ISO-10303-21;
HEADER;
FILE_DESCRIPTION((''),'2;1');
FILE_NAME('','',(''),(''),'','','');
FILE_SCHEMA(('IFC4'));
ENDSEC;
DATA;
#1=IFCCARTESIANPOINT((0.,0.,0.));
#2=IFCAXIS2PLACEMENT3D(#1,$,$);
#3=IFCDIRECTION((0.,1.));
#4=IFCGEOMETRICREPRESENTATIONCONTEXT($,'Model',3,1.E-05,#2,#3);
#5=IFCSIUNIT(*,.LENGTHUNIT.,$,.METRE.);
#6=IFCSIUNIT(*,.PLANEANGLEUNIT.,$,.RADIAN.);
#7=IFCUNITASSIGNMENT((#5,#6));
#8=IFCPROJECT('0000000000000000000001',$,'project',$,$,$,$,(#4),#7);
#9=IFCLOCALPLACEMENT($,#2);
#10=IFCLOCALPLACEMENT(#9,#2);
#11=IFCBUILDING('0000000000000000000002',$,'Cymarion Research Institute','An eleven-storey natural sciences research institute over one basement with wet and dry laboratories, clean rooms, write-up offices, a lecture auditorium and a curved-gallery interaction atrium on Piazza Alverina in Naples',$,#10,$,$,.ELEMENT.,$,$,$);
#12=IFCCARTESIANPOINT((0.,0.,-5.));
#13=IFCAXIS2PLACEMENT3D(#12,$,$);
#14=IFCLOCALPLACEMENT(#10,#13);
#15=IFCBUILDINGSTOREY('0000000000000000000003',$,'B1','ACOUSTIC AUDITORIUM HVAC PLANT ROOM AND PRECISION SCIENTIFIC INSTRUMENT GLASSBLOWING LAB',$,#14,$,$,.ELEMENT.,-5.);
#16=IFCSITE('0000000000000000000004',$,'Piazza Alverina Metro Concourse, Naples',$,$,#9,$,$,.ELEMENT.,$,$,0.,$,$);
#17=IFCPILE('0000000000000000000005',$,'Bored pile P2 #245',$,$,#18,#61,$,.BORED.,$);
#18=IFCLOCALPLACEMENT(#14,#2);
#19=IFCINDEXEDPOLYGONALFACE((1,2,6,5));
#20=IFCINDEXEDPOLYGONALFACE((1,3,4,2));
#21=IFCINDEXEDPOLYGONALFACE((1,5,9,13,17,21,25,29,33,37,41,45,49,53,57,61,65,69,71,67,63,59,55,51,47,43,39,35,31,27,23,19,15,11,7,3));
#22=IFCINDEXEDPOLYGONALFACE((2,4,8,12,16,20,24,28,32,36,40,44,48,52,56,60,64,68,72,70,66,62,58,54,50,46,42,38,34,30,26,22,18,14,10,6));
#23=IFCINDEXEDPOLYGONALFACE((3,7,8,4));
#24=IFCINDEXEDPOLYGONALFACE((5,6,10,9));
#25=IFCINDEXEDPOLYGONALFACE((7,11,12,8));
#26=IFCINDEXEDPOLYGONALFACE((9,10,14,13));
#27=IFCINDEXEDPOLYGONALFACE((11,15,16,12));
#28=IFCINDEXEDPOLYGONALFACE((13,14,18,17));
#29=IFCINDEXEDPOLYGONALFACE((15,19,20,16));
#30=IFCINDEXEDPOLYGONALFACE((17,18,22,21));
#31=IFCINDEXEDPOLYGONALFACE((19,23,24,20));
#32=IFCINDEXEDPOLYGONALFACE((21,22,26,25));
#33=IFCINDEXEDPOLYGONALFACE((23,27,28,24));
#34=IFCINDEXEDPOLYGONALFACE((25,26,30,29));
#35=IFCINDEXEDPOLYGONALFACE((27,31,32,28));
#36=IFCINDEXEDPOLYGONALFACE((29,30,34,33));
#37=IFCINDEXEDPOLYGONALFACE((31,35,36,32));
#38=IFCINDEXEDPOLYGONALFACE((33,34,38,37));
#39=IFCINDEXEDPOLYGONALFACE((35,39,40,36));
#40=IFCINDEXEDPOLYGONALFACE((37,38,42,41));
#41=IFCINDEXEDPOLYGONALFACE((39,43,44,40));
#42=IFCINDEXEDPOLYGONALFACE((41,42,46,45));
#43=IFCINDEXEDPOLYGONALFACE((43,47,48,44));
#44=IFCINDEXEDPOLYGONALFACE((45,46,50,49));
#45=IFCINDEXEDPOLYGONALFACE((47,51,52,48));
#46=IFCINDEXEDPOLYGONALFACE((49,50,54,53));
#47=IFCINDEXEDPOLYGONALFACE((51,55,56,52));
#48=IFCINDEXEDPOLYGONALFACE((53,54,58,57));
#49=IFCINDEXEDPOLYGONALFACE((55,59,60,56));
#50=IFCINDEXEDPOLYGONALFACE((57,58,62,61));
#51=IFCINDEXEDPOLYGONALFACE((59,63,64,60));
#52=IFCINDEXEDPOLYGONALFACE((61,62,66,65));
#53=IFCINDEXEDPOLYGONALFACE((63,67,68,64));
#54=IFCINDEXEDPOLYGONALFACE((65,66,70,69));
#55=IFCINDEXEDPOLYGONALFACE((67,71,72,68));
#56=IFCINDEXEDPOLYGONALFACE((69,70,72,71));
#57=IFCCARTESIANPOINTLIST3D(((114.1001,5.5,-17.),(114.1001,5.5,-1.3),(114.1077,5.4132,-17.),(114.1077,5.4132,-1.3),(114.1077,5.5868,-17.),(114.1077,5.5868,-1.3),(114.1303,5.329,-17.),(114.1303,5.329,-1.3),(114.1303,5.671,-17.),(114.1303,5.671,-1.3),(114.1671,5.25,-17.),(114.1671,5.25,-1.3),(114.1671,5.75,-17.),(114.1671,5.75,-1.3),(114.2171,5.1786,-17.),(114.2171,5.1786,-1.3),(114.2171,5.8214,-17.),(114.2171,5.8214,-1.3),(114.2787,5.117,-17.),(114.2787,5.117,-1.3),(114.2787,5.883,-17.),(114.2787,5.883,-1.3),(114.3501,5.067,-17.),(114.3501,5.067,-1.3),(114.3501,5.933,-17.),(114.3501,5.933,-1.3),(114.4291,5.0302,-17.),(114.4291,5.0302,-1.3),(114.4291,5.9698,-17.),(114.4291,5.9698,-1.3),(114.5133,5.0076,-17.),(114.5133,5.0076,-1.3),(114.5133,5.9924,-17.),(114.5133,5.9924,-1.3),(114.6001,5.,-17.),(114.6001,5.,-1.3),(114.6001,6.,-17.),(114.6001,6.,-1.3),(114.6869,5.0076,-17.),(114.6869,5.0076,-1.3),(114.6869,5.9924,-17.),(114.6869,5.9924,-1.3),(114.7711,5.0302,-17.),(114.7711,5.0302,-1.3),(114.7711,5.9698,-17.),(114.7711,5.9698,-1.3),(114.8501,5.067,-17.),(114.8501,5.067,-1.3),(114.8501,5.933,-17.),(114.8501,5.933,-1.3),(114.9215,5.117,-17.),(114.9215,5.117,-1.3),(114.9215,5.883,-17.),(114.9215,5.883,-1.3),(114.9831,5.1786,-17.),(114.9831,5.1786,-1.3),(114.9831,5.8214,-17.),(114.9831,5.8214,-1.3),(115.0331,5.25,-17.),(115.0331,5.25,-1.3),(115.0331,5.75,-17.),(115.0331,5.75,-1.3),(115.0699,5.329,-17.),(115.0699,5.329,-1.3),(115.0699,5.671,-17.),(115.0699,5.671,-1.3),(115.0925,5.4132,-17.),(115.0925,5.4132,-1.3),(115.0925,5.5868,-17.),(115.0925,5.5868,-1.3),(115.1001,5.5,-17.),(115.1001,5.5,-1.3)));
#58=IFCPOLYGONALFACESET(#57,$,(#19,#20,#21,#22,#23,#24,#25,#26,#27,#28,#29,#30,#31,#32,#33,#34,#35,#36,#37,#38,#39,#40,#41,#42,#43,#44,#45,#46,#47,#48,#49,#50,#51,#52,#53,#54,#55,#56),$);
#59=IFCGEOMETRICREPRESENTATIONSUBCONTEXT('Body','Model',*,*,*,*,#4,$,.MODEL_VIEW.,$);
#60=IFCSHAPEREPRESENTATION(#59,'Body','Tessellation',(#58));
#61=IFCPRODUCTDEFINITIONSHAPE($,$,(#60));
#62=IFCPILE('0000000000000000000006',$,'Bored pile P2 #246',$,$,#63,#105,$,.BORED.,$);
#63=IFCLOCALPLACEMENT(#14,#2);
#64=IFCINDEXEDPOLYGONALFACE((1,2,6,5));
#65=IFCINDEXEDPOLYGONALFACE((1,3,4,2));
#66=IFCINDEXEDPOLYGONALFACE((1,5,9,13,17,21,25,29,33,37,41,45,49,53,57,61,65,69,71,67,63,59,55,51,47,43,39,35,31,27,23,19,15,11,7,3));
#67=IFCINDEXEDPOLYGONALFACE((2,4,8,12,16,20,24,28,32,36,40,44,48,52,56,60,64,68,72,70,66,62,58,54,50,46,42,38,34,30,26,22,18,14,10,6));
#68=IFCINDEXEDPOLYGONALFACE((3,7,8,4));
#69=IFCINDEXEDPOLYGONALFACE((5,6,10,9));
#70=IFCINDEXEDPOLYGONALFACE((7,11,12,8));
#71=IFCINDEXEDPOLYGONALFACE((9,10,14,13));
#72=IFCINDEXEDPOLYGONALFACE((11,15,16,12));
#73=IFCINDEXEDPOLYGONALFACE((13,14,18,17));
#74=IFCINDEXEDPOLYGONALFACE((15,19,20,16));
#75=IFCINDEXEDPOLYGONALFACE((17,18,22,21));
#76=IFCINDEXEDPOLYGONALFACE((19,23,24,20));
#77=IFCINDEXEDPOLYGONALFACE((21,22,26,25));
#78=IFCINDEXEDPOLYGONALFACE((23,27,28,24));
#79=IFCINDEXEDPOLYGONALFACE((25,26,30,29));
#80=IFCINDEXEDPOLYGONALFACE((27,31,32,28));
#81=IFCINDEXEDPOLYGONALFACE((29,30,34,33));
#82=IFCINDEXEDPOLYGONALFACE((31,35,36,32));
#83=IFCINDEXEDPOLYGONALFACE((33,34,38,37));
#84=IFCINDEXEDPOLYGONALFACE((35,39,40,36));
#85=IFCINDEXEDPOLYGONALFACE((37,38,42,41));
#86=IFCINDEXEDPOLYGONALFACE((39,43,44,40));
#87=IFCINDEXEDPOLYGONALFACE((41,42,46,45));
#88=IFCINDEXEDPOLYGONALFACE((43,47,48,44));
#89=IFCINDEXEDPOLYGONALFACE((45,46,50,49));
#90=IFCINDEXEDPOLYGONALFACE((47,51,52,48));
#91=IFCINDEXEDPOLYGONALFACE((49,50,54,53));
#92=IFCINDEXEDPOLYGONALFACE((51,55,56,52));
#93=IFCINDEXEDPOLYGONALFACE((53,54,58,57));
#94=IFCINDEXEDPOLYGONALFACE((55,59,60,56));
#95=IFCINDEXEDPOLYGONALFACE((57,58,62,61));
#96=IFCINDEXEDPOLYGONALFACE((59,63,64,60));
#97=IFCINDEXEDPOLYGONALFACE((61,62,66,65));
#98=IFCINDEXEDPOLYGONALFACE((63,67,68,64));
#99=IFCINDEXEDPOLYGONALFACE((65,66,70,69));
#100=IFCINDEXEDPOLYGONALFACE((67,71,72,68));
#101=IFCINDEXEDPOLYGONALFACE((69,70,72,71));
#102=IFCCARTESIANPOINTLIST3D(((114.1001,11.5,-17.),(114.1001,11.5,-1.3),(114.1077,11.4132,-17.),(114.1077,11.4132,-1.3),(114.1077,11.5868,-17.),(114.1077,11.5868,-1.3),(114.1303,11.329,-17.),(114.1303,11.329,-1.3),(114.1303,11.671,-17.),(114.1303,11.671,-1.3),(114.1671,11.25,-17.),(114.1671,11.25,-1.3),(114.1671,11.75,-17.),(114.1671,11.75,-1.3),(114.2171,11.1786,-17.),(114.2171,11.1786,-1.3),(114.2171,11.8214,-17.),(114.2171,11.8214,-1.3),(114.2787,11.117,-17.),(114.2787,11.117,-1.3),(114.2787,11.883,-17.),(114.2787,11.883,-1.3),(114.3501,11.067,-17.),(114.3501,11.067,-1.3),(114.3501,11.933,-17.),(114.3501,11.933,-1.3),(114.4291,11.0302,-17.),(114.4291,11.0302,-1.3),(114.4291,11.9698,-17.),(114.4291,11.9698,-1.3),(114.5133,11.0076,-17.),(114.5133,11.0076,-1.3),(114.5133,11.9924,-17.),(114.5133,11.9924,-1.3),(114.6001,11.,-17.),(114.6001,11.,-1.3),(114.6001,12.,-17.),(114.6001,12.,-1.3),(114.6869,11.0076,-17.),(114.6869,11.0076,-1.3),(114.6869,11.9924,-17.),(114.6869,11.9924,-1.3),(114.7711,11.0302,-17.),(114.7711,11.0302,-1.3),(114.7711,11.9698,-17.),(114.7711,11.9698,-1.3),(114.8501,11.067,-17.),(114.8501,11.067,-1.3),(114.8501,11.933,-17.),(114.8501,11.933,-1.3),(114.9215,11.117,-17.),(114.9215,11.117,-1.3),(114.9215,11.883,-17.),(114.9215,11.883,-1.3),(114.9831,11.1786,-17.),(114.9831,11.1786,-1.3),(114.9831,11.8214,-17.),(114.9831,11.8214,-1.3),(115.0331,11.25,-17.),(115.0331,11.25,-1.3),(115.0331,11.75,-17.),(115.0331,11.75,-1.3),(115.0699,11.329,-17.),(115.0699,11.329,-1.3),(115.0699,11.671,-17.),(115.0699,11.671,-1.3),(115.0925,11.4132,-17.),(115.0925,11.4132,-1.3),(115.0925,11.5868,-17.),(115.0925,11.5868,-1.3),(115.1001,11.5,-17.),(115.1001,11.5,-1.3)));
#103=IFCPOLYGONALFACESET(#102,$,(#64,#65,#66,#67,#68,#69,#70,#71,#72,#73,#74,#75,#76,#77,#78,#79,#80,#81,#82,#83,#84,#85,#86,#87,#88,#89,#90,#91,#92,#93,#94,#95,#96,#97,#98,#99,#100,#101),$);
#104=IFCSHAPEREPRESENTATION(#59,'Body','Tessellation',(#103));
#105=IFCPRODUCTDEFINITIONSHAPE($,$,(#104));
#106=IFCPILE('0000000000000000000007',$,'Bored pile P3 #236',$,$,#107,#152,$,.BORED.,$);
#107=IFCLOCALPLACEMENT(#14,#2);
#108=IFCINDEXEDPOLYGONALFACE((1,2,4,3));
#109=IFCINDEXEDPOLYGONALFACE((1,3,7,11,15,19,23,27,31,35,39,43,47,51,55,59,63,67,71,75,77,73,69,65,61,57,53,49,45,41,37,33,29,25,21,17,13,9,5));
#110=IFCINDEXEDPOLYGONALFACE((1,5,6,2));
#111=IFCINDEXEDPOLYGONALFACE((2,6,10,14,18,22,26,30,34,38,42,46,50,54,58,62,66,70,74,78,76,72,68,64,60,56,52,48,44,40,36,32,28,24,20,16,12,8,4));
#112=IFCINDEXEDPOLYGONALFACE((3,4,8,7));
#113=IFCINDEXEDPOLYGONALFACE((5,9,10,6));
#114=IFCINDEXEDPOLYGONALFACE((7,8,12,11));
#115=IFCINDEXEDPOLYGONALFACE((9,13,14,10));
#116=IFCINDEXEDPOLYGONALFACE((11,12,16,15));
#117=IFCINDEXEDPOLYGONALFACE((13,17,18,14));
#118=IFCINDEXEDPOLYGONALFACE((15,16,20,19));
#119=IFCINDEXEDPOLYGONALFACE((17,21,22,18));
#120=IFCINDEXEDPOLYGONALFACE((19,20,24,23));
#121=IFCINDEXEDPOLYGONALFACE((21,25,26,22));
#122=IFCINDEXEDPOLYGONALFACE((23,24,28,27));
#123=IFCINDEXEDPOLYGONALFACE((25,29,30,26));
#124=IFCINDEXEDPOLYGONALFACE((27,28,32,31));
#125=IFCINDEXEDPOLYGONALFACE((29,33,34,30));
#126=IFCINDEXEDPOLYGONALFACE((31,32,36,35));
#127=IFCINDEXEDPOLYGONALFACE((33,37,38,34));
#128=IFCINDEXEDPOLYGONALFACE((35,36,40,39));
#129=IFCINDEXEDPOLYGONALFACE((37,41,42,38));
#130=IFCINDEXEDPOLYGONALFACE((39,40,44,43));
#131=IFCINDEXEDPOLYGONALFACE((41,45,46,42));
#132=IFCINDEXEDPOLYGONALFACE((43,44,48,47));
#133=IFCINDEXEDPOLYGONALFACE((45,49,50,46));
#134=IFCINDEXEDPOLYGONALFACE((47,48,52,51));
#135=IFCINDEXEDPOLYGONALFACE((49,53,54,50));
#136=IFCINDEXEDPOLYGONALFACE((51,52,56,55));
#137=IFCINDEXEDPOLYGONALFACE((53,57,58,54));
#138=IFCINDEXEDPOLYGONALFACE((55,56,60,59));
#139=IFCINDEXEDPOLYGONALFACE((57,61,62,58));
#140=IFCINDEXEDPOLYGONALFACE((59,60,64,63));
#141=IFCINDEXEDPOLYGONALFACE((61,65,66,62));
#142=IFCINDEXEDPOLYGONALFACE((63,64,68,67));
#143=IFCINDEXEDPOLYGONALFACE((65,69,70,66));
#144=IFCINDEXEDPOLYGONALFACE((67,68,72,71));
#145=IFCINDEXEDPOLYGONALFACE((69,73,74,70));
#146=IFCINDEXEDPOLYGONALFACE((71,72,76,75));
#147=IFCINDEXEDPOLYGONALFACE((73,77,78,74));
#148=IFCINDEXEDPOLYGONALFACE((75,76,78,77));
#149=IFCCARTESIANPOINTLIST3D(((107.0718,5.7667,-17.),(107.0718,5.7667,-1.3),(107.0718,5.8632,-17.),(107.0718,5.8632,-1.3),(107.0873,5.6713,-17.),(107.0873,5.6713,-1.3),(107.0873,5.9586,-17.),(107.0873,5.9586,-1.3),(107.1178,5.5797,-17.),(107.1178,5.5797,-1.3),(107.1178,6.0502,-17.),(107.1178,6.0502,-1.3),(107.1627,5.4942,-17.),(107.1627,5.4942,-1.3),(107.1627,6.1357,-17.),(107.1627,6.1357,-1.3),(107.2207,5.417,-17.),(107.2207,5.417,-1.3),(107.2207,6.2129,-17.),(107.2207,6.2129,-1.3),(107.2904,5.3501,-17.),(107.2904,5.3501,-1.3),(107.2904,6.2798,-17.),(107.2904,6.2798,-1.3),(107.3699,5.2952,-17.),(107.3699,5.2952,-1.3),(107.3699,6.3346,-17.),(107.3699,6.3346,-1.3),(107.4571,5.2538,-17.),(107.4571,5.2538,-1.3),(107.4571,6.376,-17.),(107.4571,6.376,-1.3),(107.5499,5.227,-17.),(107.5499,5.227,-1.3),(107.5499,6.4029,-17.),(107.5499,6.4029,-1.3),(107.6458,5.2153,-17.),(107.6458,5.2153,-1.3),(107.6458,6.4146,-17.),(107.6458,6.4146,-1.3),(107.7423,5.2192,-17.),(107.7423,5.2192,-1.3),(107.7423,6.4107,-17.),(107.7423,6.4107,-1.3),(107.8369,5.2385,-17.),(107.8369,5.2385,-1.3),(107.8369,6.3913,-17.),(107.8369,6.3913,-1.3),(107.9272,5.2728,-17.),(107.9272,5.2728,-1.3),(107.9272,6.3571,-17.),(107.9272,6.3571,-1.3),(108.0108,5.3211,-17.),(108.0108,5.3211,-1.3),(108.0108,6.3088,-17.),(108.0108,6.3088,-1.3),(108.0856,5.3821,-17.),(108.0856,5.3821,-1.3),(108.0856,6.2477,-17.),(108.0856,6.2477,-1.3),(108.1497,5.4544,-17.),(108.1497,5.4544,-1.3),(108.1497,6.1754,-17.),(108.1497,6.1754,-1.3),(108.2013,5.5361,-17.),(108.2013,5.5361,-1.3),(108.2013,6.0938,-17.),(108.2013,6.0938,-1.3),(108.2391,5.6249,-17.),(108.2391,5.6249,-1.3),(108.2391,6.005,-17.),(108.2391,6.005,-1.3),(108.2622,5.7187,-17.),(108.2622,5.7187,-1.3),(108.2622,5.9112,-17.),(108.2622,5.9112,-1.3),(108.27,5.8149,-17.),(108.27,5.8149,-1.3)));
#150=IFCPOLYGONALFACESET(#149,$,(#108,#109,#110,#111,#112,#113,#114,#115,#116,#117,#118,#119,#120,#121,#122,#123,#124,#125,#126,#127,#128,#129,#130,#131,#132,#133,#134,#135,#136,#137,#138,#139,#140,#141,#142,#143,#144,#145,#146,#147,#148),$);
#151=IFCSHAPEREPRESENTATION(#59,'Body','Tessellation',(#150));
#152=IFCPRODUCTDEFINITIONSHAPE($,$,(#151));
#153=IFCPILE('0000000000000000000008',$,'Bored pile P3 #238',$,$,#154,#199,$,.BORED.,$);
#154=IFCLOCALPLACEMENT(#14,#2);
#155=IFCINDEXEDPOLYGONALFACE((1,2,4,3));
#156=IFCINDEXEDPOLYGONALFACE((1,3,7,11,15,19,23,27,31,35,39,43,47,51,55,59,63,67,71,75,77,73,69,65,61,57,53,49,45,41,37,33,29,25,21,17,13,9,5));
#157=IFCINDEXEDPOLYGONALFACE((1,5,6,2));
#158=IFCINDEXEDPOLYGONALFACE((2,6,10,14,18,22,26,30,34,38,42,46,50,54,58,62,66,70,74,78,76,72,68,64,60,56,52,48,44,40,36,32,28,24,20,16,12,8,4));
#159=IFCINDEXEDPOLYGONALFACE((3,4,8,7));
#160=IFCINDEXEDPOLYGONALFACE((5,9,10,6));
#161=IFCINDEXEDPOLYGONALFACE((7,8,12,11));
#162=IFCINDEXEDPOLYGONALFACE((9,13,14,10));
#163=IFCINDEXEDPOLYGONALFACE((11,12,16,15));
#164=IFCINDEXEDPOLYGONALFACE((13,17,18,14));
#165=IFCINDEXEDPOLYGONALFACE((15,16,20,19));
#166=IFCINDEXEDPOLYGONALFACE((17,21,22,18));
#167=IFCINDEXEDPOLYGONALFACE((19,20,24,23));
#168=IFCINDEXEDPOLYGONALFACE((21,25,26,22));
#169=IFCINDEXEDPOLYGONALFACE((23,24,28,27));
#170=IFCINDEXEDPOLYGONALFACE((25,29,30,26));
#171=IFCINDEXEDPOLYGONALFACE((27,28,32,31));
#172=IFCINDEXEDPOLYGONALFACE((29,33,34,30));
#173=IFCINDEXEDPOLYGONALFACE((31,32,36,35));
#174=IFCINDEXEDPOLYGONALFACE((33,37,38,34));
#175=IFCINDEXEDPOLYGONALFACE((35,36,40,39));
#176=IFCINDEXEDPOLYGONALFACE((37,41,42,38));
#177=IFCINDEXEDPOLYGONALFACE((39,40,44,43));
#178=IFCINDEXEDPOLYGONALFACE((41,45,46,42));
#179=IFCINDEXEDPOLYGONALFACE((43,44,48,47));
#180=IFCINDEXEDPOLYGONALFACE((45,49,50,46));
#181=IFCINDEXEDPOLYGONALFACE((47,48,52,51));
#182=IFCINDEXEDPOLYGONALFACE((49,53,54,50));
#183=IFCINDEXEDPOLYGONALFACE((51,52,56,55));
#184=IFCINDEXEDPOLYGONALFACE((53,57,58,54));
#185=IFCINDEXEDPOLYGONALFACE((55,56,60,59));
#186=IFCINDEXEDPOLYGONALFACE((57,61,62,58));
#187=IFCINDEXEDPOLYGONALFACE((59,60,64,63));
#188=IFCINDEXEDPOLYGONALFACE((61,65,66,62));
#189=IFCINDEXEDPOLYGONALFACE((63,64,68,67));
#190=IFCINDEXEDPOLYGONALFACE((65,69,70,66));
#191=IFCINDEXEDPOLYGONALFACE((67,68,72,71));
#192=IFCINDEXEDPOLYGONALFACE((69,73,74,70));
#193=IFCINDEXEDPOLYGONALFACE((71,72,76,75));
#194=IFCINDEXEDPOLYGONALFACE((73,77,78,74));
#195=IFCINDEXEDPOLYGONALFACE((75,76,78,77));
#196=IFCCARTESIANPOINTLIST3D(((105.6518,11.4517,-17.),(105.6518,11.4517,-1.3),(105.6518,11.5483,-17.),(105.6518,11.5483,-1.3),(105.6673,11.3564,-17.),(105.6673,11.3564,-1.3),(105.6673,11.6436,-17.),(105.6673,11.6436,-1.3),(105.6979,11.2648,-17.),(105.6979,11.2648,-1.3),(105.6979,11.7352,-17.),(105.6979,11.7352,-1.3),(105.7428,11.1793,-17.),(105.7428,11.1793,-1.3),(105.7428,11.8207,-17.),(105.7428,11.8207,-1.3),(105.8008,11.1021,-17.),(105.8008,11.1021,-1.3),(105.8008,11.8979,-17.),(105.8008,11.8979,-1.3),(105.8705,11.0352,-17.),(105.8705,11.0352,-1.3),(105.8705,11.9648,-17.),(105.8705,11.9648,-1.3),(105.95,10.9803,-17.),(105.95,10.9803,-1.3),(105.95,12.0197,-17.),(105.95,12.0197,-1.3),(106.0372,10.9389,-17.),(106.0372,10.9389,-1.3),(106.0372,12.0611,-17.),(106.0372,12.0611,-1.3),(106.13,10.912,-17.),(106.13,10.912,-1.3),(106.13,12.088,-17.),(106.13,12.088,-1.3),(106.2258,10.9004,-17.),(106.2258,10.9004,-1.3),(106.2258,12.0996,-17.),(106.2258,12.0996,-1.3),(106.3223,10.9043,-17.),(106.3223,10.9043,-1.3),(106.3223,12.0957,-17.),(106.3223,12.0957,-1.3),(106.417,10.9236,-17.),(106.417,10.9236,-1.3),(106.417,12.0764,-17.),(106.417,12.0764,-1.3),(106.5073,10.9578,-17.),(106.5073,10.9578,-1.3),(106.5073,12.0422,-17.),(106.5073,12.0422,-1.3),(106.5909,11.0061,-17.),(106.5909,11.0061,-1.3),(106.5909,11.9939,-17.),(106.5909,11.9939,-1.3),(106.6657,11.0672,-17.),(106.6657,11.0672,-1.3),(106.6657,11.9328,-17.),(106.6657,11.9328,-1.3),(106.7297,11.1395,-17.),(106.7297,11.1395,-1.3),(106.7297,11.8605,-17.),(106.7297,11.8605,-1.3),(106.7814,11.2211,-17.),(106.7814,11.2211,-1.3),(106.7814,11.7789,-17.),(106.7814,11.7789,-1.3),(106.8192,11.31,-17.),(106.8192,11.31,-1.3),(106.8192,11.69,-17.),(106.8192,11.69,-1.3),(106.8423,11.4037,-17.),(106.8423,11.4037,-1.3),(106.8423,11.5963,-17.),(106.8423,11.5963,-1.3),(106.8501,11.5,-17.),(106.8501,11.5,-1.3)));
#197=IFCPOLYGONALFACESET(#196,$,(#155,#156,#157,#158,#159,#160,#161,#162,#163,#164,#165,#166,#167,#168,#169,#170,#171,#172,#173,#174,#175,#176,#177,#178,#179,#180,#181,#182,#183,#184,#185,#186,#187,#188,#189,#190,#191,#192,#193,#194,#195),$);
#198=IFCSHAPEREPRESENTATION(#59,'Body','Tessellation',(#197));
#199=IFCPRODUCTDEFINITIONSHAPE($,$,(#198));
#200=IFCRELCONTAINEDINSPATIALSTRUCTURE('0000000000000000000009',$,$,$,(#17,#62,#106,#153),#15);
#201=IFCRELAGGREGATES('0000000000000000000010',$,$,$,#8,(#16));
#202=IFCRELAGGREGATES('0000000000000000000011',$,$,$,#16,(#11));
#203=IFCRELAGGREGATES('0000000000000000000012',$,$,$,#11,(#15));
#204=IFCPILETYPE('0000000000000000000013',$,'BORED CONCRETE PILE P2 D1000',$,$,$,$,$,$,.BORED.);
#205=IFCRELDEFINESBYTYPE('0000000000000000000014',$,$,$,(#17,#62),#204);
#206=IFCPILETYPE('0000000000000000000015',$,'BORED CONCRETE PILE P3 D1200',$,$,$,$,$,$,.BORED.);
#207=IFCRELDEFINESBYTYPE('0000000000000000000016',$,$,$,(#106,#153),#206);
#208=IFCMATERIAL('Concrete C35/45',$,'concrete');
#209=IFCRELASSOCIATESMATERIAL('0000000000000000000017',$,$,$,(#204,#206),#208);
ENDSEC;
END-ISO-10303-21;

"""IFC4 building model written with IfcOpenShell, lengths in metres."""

from ifc_helpers import new_model, si_unit, direction, frame, origin, origin_2d, place, context, subcontext, project, spatial, circle, extrude, material, material_profile, profile_set, type_object, element, save


model = new_model("IFC4")

# Units and contexts
model_context = context("Model", 3, precision=1e-05, world=origin(), true_north=direction((0.0, 1.0)))
body_context = subcontext(model_context, "Body", "Model", "MODEL_VIEW")
ifc_project = project(units=[si_unit("LENGTHUNIT", "METRE"), si_unit("PLANEANGLEUNIT", "RADIAN")], contexts=[model_context])

# Site, building, storey
site_placement = place(None, origin())
site = spatial("IfcSite", under=ifc_project, at=site_placement, Name="Piazza Alverina Metro Concourse, Naples", CompositionType="ELEMENT", RefElevation=0.0)
building_placement = place(site_placement, origin())
building = spatial("IfcBuilding", under=site, at=building_placement, Name="Cymarion Research Institute", Description="An eleven-storey natural sciences research institute over one basement with wet and dry laboratories, clean rooms, write-up offices, a lecture auditorium and a curved-gallery interaction atrium on Piazza Alverina in Naples", CompositionType="ELEMENT")
storey_placement = place(building_placement, frame((0.0, 0.0, -5.0)))
storey = spatial("IfcBuildingStorey", under=building, at=storey_placement, Name="B1", Description="ACOUSTIC AUDITORIUM HVAC PLANT ROOM AND PRECISION SCIENTIFIC INSTRUMENT GLASSBLOWING LAB", CompositionType="ELEMENT", Elevation=-5.0)

# Piles
ifc_material_1 = material(Name="Concrete C35/45", Category="concrete")
ifc_material_profile_1 = material_profile(ifc_material_1, circle(Radius=0.5, at=origin_2d()), Name="BORED PILE D1000")
ifc_profile_set_1 = profile_set([ifc_material_profile_1], Name="Concrete C35/45")
pile_type_1 = type_object("IfcPileType", Name="BORED CONCRETE PILE P2 D1000", PredefinedType="BORED", material=ifc_profile_set_1)
for number, where, z_axis, x_axis, name in (
    (1, (114.6001, 5.5, -1.3), (0.0, 0.0, -1.0), (1.0, 0.0, 0.0), "Bored pile P2 #245"),
    (2, (114.6001, 11.5, -1.3), (0.0, 0.0, -1.0), (1.0, 0.0, 0.0), "Bored pile P2 #246"),
):
    element("IfcPile", number, at=place(storey_placement, frame(where, z_axis=z_axis, x_axis=x_axis)), inside=storey, type_object=pile_type_1, Name=name, PredefinedType="BORED", context=body_context, shape_type="SweptSolid", body=[
        extrude(circle(Radius=0.5, at=origin_2d()), origin(), (0.0, 0.0, 1.0), 15.7),
    ])
ifc_material_profile_2 = material_profile(ifc_material_1, circle(Radius=0.6001, at=origin_2d()), Name="BORED PILE D1200")
ifc_profile_set_2 = profile_set([ifc_material_profile_2], Name="Concrete C35/45")
pile_type_2 = type_object("IfcPileType", Name="BORED CONCRETE PILE P3 D1200", PredefinedType="BORED", material=ifc_profile_set_2)
for number, where, z_axis, x_axis, name in (
    (3, (107.6699, 5.8149, -1.3), (0.0, 0.0, -1.0), (1.0, 0.0, 0.0), "Bored pile P3 #236"),
    (4, (106.25, 11.5, -1.3), (0.0, 0.0, -1.0), (1.0, 0.0, 0.0), "Bored pile P3 #238"),
):
    element("IfcPile", number, at=place(storey_placement, frame(where, z_axis=z_axis, x_axis=x_axis)), inside=storey, type_object=pile_type_2, Name=name, PredefinedType="BORED", context=body_context, shape_type="SweptSolid", body=[
        extrude(circle(Radius=0.6001, at=origin_2d()), origin(), (0.0, 0.0, 1.0), 15.7),
    ])

save(model, "model.ifc")
